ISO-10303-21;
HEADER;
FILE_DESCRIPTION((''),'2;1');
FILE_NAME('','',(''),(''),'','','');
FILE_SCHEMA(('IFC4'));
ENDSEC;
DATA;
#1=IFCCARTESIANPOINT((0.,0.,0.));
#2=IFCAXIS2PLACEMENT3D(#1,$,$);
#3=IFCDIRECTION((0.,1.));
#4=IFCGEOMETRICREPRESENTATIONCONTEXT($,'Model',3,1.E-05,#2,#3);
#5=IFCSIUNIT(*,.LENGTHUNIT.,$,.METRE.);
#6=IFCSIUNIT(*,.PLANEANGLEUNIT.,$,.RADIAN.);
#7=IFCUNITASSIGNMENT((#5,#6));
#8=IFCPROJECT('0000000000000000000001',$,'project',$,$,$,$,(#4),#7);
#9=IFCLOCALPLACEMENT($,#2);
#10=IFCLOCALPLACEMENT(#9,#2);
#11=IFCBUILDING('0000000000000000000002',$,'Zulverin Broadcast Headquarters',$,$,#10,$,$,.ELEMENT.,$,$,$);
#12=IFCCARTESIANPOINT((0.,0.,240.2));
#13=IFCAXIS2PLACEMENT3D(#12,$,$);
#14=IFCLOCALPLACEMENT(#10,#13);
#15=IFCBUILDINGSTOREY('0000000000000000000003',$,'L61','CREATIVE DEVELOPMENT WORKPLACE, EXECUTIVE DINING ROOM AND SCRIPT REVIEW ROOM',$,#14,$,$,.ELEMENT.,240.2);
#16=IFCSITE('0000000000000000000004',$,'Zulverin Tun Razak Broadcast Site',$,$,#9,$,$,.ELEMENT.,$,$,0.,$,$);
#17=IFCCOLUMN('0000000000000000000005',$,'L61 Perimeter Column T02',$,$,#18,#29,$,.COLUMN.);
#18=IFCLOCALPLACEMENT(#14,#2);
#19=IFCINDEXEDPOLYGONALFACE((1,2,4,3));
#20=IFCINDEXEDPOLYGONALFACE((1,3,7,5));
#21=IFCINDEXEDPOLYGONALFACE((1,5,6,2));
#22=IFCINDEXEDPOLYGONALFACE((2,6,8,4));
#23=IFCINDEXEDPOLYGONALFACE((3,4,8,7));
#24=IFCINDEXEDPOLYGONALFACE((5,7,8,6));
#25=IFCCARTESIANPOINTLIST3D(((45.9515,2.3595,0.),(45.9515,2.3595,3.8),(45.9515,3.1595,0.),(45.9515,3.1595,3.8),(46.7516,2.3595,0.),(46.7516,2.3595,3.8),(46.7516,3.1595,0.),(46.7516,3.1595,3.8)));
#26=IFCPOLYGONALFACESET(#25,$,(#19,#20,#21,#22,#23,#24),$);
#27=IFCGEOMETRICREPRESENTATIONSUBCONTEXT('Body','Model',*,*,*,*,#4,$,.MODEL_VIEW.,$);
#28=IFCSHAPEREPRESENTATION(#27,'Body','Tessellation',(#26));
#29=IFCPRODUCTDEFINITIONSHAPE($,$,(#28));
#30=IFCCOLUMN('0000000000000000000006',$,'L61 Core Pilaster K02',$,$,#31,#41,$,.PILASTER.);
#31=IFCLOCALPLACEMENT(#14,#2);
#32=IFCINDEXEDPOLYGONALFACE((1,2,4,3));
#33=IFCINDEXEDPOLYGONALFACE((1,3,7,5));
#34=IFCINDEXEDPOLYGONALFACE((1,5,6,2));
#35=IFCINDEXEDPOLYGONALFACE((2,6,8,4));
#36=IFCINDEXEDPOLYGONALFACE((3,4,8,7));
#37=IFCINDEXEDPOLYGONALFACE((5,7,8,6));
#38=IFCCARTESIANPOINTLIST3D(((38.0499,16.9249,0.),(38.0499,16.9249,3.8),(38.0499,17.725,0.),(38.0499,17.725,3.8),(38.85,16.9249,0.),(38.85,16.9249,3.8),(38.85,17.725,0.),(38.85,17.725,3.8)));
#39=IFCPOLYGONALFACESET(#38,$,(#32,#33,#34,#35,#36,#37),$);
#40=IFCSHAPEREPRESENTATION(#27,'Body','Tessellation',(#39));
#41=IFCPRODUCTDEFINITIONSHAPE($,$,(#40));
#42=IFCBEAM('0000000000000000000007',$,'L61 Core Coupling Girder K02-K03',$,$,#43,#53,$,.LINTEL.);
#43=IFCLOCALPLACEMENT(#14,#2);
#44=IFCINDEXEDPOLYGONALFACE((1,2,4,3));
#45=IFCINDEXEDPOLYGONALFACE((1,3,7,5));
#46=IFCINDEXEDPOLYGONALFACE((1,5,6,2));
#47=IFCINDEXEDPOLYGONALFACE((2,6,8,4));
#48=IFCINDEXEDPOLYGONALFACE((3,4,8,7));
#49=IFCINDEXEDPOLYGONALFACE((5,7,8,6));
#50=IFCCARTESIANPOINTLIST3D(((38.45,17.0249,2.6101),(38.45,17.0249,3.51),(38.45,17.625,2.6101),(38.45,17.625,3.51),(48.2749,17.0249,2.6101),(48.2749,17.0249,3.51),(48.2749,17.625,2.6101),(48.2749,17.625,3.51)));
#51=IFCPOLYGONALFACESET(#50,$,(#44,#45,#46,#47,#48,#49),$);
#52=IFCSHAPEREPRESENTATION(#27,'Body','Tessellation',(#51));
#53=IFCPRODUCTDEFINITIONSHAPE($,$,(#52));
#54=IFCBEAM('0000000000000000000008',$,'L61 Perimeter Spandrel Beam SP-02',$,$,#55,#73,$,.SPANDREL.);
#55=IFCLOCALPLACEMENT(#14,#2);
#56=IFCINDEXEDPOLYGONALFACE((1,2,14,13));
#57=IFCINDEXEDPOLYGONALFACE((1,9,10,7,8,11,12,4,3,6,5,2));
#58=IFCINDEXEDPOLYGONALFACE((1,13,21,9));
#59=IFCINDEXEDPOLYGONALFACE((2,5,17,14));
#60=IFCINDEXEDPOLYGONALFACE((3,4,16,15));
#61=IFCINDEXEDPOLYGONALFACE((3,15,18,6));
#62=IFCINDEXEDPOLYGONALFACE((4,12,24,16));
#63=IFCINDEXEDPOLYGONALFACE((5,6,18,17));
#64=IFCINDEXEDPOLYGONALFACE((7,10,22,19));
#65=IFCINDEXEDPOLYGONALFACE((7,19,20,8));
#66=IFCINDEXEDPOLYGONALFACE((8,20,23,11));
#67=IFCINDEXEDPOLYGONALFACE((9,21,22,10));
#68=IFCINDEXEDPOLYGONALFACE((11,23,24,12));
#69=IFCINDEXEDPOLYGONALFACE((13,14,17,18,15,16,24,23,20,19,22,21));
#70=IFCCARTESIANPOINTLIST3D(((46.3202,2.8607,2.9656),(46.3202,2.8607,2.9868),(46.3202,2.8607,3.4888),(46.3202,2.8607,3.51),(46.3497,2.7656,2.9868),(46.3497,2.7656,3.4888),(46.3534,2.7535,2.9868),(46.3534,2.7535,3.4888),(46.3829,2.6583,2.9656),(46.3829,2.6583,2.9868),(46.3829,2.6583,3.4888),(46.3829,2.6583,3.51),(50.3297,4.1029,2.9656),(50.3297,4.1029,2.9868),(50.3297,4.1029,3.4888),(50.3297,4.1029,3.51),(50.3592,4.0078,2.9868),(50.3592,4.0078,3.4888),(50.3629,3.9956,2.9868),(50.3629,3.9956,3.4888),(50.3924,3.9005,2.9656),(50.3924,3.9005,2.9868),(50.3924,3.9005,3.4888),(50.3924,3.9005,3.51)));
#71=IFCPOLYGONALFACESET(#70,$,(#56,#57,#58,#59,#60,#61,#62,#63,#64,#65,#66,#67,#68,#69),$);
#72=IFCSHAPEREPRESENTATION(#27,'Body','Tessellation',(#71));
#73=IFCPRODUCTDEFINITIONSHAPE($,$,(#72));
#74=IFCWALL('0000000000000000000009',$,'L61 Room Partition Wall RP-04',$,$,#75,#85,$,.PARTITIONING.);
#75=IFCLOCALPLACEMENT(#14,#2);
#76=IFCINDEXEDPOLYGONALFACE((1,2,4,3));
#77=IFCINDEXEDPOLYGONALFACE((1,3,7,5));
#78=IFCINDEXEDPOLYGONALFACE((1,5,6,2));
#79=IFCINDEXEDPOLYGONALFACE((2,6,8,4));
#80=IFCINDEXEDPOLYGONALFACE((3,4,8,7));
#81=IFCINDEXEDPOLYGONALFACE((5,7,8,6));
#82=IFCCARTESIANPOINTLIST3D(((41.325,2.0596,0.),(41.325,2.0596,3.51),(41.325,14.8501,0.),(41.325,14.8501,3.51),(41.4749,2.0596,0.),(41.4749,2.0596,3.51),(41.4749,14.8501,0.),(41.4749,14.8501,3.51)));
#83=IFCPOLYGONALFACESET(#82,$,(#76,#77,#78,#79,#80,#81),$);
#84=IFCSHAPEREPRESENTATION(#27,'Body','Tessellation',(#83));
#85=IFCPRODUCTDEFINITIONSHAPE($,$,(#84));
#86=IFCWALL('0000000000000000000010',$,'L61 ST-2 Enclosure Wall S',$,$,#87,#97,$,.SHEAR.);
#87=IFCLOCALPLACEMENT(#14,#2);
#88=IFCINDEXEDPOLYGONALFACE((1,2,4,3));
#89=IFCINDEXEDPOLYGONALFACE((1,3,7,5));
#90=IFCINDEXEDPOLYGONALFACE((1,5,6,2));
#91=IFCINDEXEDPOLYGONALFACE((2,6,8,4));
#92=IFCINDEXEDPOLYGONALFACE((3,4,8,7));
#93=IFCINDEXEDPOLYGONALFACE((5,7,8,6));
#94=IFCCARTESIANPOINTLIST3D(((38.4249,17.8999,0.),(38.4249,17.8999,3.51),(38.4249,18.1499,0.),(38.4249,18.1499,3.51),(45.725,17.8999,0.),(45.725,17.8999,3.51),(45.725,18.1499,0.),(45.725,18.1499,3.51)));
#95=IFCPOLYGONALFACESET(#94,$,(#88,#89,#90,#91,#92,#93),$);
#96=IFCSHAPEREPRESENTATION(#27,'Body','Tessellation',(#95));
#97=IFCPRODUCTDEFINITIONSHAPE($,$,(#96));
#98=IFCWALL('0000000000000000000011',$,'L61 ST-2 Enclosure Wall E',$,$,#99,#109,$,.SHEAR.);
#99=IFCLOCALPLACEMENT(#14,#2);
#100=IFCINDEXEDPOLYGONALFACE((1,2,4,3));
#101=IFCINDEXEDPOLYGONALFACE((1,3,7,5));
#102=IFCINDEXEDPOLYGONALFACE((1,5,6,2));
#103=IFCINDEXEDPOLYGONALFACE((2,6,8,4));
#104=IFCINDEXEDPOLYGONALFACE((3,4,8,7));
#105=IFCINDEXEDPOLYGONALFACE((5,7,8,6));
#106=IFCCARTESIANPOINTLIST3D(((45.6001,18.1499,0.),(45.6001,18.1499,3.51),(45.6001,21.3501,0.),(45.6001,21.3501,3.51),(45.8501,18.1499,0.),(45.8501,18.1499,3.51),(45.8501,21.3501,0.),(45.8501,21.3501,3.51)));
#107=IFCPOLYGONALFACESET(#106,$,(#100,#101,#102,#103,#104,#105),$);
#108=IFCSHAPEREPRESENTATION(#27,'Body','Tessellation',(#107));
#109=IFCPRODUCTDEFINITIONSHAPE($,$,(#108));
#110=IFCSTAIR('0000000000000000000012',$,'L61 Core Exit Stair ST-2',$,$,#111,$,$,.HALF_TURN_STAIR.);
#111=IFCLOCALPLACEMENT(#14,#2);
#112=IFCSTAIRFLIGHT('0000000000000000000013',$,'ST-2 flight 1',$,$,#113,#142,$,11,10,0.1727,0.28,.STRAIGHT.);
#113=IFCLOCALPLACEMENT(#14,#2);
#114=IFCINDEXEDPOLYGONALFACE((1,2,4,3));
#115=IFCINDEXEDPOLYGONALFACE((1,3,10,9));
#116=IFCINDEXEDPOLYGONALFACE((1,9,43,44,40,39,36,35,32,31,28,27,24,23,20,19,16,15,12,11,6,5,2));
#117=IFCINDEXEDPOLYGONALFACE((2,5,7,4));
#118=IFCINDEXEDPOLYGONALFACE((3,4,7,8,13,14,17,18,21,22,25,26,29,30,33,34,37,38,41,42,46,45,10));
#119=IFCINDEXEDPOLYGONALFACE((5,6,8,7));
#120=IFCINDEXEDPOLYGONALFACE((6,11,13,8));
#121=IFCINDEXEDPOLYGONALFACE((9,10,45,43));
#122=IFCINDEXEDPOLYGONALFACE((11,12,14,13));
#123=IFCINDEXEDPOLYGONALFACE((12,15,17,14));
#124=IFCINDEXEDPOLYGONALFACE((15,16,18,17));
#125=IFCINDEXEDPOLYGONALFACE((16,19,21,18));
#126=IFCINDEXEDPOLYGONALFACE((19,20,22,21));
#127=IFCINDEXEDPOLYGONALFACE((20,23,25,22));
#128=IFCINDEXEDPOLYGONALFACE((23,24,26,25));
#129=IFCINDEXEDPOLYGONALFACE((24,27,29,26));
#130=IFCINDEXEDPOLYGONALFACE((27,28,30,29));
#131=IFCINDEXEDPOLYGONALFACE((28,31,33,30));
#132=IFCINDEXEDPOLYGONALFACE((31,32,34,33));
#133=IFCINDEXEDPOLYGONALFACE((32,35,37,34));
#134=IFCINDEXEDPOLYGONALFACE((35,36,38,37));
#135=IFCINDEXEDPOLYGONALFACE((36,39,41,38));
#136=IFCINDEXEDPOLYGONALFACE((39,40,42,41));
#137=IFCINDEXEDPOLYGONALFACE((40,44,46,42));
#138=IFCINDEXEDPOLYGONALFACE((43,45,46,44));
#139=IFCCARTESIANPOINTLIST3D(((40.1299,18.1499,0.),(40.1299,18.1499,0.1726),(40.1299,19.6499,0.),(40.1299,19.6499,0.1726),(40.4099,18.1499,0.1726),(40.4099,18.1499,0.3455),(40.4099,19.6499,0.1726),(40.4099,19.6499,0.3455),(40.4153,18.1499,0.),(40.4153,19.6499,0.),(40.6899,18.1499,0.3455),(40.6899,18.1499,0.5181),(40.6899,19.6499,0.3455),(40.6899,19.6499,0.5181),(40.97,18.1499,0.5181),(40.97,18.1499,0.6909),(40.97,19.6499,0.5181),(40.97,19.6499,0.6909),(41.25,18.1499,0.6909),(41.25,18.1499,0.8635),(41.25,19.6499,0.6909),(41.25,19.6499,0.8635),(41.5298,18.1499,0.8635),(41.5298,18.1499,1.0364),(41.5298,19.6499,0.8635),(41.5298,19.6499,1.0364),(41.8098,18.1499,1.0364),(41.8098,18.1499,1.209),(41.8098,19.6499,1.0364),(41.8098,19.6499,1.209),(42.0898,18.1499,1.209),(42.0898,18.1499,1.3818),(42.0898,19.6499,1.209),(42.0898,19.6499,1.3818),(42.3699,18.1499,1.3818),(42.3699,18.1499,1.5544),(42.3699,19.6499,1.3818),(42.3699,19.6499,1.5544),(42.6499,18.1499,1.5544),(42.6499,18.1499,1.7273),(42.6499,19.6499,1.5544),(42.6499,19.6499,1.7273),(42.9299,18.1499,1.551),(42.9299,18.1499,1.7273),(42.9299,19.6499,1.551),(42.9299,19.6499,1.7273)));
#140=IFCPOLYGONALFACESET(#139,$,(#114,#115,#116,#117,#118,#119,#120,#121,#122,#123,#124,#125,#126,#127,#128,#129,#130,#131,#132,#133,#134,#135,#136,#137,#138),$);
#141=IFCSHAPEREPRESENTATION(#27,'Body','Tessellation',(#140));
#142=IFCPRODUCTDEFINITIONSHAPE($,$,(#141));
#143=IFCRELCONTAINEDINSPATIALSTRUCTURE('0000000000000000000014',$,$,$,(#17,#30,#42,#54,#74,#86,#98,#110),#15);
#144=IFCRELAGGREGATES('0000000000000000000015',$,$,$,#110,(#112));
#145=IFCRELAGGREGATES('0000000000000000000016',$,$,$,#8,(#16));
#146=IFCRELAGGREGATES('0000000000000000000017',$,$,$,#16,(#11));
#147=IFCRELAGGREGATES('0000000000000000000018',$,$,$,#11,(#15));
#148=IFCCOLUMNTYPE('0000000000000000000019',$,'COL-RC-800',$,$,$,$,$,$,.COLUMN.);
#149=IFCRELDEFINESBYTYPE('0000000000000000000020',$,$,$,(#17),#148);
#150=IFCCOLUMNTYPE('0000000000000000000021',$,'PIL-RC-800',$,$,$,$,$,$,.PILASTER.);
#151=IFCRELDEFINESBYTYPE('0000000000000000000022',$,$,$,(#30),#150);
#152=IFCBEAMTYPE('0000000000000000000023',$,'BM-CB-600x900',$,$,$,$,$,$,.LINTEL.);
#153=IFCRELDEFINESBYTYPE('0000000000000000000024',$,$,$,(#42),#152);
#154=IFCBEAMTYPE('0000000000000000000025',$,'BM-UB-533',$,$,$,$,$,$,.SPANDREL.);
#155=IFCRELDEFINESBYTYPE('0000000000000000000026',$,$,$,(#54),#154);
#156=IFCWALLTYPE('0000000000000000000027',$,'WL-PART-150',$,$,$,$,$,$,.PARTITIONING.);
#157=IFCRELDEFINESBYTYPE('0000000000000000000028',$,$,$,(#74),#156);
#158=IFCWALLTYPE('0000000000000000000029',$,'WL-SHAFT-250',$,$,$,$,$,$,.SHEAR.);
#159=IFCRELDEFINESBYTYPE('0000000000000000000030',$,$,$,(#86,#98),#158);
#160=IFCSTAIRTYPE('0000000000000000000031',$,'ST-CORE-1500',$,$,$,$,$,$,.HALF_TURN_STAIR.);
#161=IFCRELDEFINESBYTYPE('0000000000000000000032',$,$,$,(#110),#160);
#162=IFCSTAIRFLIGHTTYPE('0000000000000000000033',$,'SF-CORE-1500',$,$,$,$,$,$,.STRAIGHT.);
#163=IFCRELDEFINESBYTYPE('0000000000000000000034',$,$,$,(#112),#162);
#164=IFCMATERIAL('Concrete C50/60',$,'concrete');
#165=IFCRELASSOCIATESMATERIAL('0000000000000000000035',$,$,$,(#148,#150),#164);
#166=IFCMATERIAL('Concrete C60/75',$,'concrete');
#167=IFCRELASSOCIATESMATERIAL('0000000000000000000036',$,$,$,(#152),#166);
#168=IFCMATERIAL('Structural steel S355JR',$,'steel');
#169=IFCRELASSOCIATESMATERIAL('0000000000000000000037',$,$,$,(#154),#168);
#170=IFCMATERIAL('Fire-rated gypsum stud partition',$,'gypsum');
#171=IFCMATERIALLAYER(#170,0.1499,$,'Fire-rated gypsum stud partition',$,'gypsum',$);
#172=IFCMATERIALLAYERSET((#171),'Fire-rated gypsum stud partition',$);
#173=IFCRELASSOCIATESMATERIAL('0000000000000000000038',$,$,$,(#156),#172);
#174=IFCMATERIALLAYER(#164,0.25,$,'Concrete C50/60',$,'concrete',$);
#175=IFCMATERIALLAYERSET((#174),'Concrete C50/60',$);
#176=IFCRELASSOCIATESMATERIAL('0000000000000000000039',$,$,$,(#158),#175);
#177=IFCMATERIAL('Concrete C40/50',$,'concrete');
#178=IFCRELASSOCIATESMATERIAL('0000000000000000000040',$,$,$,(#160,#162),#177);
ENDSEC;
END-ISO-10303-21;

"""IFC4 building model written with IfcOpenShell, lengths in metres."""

from ifc_helpers import new_model, si_unit, direction, frame, frame_2d, origin, origin_2d, place, context, subcontext, project, spatial, polyline, rectangle, i_section, outline, extrude, material, layer, layer_set, material_profile, profile_set, type_object, element, aggregate, save


model = new_model("IFC4")

# Units and contexts
model_context = context("Model", 3, precision=1e-05, world=origin(), true_north=direction((0.0, 1.0)))
body_context = subcontext(model_context, "Body", "Model", "MODEL_VIEW")
ifc_project = project(units=[si_unit("LENGTHUNIT", "METRE"), si_unit("PLANEANGLEUNIT", "RADIAN")], contexts=[model_context])

# Site, building, storey
site_placement = place(None, origin())
site = spatial("IfcSite", under=ifc_project, at=site_placement, Name="Zulverin Tun Razak Broadcast Site", CompositionType="ELEMENT", RefElevation=0.0)
building_placement = place(site_placement, origin())
building = spatial("IfcBuilding", under=site, at=building_placement, Name="Zulverin Broadcast Headquarters", CompositionType="ELEMENT")
storey_placement = place(building_placement, frame((0.0, 0.0, 240.2)))
storey = spatial("IfcBuildingStorey", under=building, at=storey_placement, Name="L61", Description="CREATIVE DEVELOPMENT WORKPLACE, EXECUTIVE DINING ROOM AND SCRIPT REVIEW ROOM", CompositionType="ELEMENT", Elevation=240.2)

# Columns
ifc_material_1 = material(Name="Concrete C50/60", Category="concrete")
ifc_material_profile_1 = material_profile(ifc_material_1, rectangle(XDim=0.8, YDim=0.8, at=origin_2d()), Name="Concrete C50/60", Category="concrete")
ifc_profile_set_1 = profile_set([ifc_material_profile_1], Name="Concrete C50/60")
column_type_1 = type_object("IfcColumnType", Name="COL-RC-800", PredefinedType="COLUMN", material=ifc_profile_set_1)
column_1_placement = place(storey_placement, frame((46.3516, 2.7595, 0.0), z_axis=(0.0, 0.0, 1.0), x_axis=(1.0, 0.0, 0.0)))
element("IfcColumn", 1, at=column_1_placement, inside=storey, type_object=column_type_1, Name="L61 Perimeter Column T02", PredefinedType="COLUMN", context=body_context, shape_type="SweptSolid", body=[
    extrude(rectangle(XDim=0.8, YDim=0.8, at=origin_2d()), origin(), (0.0, 0.0, 1.0), 3.8),
])
ifc_material_profile_2 = material_profile(ifc_material_1, rectangle(XDim=0.8, YDim=0.8, at=origin_2d()), Name="Concrete C50/60", Category="concrete")
ifc_profile_set_2 = profile_set([ifc_material_profile_2], Name="Concrete C50/60")
column_type_2 = type_object("IfcColumnType", Name="PIL-RC-800", PredefinedType="PILASTER", material=ifc_profile_set_2)
column_2_placement = place(storey_placement, frame((38.45, 17.325, 0.0), z_axis=(0.0, 0.0, 1.0), x_axis=(1.0, 0.0, 0.0)))
element("IfcColumn", 2, at=column_2_placement, inside=storey, type_object=column_type_2, Name="L61 Core Pilaster K02", PredefinedType="PILASTER", context=body_context, shape_type="SweptSolid", body=[
    extrude(rectangle(XDim=0.8, YDim=0.8, at=origin_2d()), origin(), (0.0, 0.0, 1.0), 3.8),
])

# Beams
ifc_material_2 = material(Name="Concrete C60/75", Category="concrete")
ifc_material_profile_3 = material_profile(ifc_material_2, rectangle(XDim=0.6001, YDim=0.8999, at=origin_2d()), Name="Concrete C60/75", Category="concrete")
ifc_profile_set_3 = profile_set([ifc_material_profile_3], Name="Concrete C60/75")
beam_type_1 = type_object("IfcBeamType", Name="BM-CB-600x900", PredefinedType="LINTEL", material=ifc_profile_set_3)
beam_1_placement = place(storey_placement, frame((38.45, 17.325, 3.0601), z_axis=(1.0, 0.0, 0.0), x_axis=(0.0, 1.0, 0.0)))
element("IfcBeam", 3, at=beam_1_placement, inside=storey, type_object=beam_type_1, Name="L61 Core Coupling Girder K02-K03", PredefinedType="LINTEL", context=body_context, shape_type="SweptSolid", body=[
    extrude(rectangle(XDim=0.6001, YDim=0.8999, at=origin_2d()), origin(), (0.0, 0.0, 1.0), 9.825),
])
ifc_material_3 = material(Name="Structural steel S355JR", Category="steel")
ifc_material_profile_4 = material_profile(ifc_material_3, i_section(OverallWidth=0.2119, OverallDepth=0.5444, WebThickness=0.0127, FlangeThickness=0.0212, at=origin_2d()), Name="Structural steel S355JR", Category="steel")
ifc_profile_set_4 = profile_set([ifc_material_profile_4], Name="Structural steel S355JR")
beam_type_2 = type_object("IfcBeamType", Name="BM-UB-533", PredefinedType="SPANDREL", material=ifc_profile_set_4)
beam_2_placement = place(storey_placement, frame((46.3516, 2.7595, 3.2378), z_axis=(0.955209, 0.295933, 0.0), x_axis=(-0.295933, 0.955209, 0.0)))
element("IfcBeam", 4, at=beam_2_placement, inside=storey, type_object=beam_type_2, Name="L61 Perimeter Spandrel Beam SP-02", PredefinedType="SPANDREL", context=body_context, shape_type="SweptSolid", body=[
    extrude(i_section(OverallWidth=0.2119, OverallDepth=0.5444, WebThickness=0.0127, FlangeThickness=0.0212, at=origin_2d()), origin(), (0.0, 0.0, 1.0), 4.1975),
])

# Walls
ifc_material_4 = material(Name="Fire-rated gypsum stud partition", Category="gypsum")
ifc_layer_1 = layer(ifc_material_4, 0.1499, Name="Fire-rated gypsum stud partition", Category="gypsum")
ifc_layer_set_1 = layer_set([ifc_layer_1], Name="Fire-rated gypsum stud partition")
wall_type_1 = type_object("IfcWallType", Name="WL-PART-150", PredefinedType="PARTITIONING", material=ifc_layer_set_1)
wall_1_placement = place(storey_placement, frame((41.3999, 2.0596, 0.0), z_axis=(0.0, 0.0, 1.0), x_axis=(0.0, 1.0, 0.0)))
element("IfcWall", 5, at=wall_1_placement, inside=storey, type_object=wall_type_1, Name="L61 Room Partition Wall RP-04", PredefinedType="PARTITIONING", context=body_context, shape_type="SweptSolid", body=[
    extrude(rectangle(XDim=12.7905, YDim=0.1499, at=frame_2d((6.3953, 0.0))), origin(), (0.0, 0.0, 1.0), 3.51),
])
ifc_layer_2 = layer(ifc_material_1, 0.25, Name="Concrete C50/60", Category="concrete")
ifc_layer_set_2 = layer_set([ifc_layer_2], Name="Concrete C50/60")
wall_type_2 = type_object("IfcWallType", Name="WL-SHAFT-250", PredefinedType="SHEAR", material=ifc_layer_set_2)
wall_2_placement = place(storey_placement, frame((38.425, 18.0249, 0.0), z_axis=(0.0, 0.0, 1.0), x_axis=(1.0, 0.0, 0.0)))
element("IfcWall", 6, at=wall_2_placement, inside=storey, type_object=wall_type_2, Name="L61 ST-2 Enclosure Wall S", PredefinedType="SHEAR", context=body_context, shape_type="SweptSolid", body=[
    extrude(rectangle(XDim=7.3, YDim=0.25, at=frame_2d((3.6499, 0.0))), origin(), (0.0, 0.0, 1.0), 3.51),
])

# Wall
wall_3_placement = place(storey_placement, frame((45.7251, 18.1499, 0.0), z_axis=(0.0, 0.0, 1.0), x_axis=(0.0, 1.0, 0.0)))
element("IfcWall", 7, at=wall_3_placement, inside=storey, type_object=wall_type_2, Name="L61 ST-2 Enclosure Wall E", PredefinedType="SHEAR", context=body_context, shape_type="SweptSolid", body=[
    extrude(rectangle(XDim=3.2002, YDim=0.25, at=frame_2d((1.6001, 0.0))), origin(), (0.0, 0.0, 1.0), 3.51),
])

# Stair, stair flight
ifc_material_5 = material(Name="Concrete C40/50", Category="concrete")
stair_type = type_object("IfcStairType", Name="ST-CORE-1500", PredefinedType="HALF_TURN_STAIR", material=ifc_material_5)
stair_placement = place(storey_placement, origin())
stair = element("IfcStair", 8, at=stair_placement, inside=storey, type_object=stair_type, Name="L61 Core Exit Stair ST-2", PredefinedType="HALF_TURN_STAIR")
stair_flight_type = type_object("IfcStairFlightType", Name="SF-CORE-1500", PredefinedType="STRAIGHT", material=ifc_material_5)
stair_flight_placement = place(storey_placement, frame((40.1299, 18.8999, 0.0), z_axis=(0.0, 0.0, 1.0), x_axis=(1.0, 0.0, 0.0)))
stair_flight = element("IfcStairFlight", 9, at=stair_flight_placement, type_object=stair_flight_type, Name="ST-2 flight 1", NumberOfRisers=11, NumberOfTreads=10, PredefinedType="STRAIGHT", RiserHeight=0.1727, TreadLength=0.28, context=body_context, shape_type="SweptSolid", body=[
    extrude(outline(polyline([(0.0, 0.0), (0.0, 0.1726), (0.28, 0.1726), (0.28, 0.3455), (0.5601, 0.3455), (0.5601, 0.5181), (0.8401, 0.5181), (0.8401, 0.6909), (1.1201, 0.6909), (1.1201, 0.8635), (1.3999, 0.8635), (1.3999, 1.0364), (1.6799, 1.0364), (1.6799, 1.209), (1.96, 1.209), (1.96, 1.3818), (2.24, 1.3818), (2.24, 1.5544), (2.52, 1.5544), (2.52, 1.7273), (2.8, 1.7273), (2.8, 1.8999), (2.8, 1.551), (0.2854, 0.0), (0.0, 0.0)])), frame((0.0, 0.75, 0.0), z_axis=(0.0, -1.0, 0.0), x_axis=(1.0, 0.0, 0.0)), (0.0, 0.0, 1.0), 1.5),
])
aggregate(stair, [stair_flight])

save(model, "model.ifc")
